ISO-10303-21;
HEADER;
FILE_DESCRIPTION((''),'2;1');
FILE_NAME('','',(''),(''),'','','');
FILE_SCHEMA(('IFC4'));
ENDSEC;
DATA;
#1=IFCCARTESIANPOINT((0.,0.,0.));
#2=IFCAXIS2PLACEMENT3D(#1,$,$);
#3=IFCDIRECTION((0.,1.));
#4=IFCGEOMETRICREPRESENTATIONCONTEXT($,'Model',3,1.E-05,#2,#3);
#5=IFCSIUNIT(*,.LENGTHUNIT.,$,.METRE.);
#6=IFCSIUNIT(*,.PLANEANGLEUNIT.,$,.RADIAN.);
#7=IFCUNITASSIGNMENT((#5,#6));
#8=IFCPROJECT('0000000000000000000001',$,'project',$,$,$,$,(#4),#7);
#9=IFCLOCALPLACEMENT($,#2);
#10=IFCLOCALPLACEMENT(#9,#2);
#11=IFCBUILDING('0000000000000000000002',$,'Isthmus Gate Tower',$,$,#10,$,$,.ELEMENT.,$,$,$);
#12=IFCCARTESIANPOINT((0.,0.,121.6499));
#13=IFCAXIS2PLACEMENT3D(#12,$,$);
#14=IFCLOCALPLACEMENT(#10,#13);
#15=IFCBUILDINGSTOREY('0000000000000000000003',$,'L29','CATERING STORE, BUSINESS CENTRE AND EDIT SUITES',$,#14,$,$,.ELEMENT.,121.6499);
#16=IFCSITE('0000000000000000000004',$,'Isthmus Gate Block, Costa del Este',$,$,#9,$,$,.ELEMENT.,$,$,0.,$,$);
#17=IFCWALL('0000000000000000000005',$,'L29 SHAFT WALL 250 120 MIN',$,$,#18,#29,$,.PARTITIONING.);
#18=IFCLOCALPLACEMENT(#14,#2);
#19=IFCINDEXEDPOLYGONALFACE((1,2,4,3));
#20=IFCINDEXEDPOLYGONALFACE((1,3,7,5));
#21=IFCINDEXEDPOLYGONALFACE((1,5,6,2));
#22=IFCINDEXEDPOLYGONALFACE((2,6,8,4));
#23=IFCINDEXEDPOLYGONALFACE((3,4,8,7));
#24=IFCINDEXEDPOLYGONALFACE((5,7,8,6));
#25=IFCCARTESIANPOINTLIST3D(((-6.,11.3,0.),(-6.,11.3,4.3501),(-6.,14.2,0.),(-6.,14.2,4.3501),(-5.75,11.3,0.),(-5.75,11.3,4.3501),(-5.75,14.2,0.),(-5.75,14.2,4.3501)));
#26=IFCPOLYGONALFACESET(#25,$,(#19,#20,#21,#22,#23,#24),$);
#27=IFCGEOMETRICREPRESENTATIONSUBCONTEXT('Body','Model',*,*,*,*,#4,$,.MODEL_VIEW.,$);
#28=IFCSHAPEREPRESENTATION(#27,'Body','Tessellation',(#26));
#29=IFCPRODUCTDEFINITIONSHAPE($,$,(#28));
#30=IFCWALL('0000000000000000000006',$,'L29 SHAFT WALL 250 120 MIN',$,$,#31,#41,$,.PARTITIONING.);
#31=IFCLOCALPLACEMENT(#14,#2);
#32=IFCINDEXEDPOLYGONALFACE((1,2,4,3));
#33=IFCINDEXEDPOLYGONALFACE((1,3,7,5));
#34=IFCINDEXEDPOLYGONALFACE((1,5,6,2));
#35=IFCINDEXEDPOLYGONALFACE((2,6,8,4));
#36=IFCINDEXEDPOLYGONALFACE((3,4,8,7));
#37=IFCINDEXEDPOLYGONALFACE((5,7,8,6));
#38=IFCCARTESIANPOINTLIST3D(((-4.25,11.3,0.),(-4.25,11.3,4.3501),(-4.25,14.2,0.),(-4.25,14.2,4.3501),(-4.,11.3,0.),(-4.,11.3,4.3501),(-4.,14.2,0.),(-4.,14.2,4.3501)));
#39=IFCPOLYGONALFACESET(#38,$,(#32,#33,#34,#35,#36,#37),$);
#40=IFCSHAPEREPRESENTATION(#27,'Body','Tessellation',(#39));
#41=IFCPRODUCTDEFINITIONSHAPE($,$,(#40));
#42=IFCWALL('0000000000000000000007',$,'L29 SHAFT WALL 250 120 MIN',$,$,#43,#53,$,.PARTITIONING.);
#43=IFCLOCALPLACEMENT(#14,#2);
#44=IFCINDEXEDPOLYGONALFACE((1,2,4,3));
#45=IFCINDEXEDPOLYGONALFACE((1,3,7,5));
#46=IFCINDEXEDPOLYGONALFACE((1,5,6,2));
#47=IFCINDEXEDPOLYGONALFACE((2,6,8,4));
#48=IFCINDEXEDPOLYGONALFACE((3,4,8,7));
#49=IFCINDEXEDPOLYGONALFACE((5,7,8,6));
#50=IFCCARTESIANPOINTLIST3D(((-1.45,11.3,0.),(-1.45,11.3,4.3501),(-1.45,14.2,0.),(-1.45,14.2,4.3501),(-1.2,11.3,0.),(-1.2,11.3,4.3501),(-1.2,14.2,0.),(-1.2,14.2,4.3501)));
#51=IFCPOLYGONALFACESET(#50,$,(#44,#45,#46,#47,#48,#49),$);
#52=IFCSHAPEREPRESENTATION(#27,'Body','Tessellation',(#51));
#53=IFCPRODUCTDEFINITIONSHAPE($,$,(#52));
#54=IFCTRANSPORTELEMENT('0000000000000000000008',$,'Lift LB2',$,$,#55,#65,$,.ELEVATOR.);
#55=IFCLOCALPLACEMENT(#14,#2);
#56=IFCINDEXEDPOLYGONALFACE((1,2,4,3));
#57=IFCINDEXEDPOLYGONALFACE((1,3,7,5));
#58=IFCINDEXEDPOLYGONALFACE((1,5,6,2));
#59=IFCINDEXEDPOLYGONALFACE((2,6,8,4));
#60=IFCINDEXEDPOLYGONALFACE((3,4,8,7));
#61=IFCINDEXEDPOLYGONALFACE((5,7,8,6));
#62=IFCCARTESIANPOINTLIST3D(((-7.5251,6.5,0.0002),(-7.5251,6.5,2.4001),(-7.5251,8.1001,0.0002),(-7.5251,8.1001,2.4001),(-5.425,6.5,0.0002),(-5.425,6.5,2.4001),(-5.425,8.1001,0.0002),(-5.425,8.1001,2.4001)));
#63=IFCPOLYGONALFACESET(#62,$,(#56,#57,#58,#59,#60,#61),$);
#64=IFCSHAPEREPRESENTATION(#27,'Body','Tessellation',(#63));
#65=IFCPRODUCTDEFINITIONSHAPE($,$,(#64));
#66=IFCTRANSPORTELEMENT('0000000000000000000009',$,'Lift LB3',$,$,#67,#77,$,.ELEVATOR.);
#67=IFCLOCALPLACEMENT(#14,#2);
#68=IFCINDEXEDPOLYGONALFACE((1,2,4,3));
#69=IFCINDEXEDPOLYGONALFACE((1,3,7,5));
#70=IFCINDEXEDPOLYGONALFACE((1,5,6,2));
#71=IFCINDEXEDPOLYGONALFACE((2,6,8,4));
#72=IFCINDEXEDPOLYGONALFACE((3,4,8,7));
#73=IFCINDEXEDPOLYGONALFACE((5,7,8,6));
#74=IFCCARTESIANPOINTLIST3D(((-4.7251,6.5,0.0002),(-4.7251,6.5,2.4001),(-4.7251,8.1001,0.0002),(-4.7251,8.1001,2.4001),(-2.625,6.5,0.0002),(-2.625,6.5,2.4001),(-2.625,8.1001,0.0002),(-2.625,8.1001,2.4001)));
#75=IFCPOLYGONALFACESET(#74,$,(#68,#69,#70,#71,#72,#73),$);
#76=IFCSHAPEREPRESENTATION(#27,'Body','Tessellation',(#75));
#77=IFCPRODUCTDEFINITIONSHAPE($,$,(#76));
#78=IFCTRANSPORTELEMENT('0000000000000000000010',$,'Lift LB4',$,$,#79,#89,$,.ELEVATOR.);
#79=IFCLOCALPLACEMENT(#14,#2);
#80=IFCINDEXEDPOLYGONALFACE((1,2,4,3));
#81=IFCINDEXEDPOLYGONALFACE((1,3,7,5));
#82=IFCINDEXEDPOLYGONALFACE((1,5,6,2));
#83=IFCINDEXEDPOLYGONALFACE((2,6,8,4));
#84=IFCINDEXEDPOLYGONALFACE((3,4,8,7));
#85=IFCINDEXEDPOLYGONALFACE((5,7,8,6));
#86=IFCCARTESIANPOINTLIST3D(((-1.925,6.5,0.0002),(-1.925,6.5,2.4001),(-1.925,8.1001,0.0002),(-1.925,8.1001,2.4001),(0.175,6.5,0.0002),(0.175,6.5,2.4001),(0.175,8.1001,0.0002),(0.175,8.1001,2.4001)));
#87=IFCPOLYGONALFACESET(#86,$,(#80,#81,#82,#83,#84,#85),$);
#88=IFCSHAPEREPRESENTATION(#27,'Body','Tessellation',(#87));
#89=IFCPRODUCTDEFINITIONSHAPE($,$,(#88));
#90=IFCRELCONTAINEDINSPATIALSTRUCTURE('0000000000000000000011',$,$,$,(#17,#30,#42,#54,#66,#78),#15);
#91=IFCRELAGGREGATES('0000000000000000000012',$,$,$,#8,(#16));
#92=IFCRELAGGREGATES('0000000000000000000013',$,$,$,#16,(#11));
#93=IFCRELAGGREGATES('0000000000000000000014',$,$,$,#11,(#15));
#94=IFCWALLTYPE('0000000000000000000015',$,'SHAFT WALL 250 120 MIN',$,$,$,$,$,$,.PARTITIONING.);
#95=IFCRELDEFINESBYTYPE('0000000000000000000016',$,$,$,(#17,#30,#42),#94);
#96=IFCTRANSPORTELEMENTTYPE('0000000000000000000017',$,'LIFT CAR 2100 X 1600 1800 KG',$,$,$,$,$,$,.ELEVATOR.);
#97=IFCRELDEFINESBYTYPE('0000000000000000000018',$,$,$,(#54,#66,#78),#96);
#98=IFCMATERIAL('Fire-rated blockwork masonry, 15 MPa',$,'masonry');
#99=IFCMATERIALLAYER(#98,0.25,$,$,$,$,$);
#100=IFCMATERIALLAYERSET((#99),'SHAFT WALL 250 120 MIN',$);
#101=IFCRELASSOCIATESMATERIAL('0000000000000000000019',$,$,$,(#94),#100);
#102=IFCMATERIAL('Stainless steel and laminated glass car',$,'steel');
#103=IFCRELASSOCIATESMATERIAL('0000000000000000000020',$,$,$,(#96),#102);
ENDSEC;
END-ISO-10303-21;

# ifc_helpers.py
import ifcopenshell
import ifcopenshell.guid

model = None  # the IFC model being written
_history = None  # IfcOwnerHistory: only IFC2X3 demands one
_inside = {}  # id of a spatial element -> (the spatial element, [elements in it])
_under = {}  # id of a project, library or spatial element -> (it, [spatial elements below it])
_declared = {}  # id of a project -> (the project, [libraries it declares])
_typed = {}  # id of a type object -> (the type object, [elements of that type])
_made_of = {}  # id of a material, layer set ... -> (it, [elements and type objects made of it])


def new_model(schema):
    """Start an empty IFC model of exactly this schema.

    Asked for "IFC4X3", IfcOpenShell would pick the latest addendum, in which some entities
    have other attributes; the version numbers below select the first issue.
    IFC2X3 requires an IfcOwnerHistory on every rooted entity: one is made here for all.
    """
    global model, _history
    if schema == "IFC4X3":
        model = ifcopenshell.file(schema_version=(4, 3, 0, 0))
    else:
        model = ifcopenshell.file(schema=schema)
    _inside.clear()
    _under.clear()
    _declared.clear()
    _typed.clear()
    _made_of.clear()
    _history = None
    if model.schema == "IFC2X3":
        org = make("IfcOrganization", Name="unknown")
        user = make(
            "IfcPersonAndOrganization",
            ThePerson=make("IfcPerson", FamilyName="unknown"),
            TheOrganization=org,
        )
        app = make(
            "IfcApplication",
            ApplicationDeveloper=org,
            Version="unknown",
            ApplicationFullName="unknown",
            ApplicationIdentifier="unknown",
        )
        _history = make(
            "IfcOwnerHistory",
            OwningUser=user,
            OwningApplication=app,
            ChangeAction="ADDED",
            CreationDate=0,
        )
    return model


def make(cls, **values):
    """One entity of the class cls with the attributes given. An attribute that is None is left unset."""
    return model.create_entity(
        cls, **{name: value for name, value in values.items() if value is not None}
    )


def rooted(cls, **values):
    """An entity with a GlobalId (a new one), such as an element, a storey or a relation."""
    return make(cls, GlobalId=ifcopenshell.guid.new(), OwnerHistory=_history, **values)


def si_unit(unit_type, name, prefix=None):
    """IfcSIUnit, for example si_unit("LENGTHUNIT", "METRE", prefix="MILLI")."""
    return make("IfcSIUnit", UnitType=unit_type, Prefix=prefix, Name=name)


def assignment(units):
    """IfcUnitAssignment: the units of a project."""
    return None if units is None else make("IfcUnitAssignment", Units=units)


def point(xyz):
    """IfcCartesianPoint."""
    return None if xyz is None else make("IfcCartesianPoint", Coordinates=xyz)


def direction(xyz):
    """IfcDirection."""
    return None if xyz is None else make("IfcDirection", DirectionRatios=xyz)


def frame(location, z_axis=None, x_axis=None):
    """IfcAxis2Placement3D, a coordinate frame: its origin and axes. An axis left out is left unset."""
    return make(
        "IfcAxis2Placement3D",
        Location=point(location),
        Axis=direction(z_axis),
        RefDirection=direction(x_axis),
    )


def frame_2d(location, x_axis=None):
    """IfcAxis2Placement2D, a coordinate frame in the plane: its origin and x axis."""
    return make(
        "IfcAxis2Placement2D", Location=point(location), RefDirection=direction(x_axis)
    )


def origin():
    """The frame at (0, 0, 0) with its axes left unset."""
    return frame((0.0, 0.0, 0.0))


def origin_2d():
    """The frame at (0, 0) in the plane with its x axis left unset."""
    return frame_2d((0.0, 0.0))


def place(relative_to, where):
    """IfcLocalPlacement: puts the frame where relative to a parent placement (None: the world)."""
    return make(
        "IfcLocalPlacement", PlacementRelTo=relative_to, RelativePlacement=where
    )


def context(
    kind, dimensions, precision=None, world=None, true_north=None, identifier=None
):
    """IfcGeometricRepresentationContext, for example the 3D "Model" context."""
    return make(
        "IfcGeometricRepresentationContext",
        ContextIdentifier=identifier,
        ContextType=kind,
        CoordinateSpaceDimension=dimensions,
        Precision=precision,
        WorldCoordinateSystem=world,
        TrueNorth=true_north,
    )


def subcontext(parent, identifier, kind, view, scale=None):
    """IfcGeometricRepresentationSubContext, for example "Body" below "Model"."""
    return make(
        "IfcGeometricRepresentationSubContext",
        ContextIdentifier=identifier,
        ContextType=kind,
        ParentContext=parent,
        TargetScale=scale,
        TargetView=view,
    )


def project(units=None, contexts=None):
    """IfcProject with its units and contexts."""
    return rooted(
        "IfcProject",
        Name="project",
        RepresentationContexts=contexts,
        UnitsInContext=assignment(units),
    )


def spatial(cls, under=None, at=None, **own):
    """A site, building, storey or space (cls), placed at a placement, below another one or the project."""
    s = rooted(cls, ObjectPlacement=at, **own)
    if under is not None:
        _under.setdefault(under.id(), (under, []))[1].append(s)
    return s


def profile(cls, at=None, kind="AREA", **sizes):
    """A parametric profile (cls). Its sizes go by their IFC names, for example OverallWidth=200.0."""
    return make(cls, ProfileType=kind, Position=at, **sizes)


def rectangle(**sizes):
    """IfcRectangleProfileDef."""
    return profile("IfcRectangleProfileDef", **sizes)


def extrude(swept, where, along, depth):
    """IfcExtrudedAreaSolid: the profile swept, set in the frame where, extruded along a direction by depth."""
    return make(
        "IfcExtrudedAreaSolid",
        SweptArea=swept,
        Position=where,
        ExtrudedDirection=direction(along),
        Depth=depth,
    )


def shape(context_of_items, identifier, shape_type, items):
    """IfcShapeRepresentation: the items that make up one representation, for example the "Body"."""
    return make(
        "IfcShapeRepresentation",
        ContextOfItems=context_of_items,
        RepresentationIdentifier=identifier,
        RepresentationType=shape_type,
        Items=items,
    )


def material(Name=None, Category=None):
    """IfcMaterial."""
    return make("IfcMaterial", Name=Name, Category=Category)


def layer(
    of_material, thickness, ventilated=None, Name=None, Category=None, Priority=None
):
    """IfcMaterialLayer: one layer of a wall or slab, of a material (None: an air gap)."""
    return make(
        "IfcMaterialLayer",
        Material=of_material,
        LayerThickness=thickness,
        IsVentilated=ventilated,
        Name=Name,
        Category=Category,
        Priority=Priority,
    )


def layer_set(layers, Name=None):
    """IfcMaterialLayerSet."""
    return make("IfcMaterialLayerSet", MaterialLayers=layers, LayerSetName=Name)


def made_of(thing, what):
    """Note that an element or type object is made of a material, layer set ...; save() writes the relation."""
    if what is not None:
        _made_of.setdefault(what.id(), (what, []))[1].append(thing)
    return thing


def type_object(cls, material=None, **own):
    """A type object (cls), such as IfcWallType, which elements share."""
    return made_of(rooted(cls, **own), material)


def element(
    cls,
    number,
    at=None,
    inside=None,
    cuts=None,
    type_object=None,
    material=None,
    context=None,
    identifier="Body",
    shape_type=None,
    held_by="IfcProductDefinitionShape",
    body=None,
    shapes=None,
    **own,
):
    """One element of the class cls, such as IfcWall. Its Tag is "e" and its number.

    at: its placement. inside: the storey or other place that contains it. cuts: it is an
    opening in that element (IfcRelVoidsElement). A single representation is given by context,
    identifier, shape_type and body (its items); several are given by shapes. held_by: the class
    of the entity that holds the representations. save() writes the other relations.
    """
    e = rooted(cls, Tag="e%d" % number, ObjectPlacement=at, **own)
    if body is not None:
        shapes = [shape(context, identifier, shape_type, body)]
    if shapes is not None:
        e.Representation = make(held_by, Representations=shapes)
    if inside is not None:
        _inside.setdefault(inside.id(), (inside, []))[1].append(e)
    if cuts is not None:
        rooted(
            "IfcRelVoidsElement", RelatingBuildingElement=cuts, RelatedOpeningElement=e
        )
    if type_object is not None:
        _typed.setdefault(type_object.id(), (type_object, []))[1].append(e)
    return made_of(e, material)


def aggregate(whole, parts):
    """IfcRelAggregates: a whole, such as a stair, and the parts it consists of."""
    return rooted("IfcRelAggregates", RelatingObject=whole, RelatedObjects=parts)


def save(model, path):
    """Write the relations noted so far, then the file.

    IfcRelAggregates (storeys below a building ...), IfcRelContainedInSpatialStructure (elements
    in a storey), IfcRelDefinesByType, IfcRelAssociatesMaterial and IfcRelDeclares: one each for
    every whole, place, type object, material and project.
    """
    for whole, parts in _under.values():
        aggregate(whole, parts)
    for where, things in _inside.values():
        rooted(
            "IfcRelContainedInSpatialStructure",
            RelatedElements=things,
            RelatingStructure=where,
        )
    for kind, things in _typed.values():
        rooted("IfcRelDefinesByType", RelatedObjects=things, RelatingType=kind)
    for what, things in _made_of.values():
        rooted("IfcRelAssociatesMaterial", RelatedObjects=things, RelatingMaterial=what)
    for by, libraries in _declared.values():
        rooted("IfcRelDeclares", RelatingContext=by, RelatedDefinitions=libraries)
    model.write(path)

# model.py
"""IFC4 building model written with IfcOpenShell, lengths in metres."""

from ifc_helpers import new_model, si_unit, direction, frame, frame_2d, origin, origin_2d, place, context, subcontext, project, spatial, rectangle, extrude, material, layer, layer_set, type_object, element, save


model = new_model("IFC4")

# Units and contexts
model_context = context("Model", 3, precision=1e-05, world=origin(), true_north=direction((0.0, 1.0)))
body_context = subcontext(model_context, "Body", "Model", "MODEL_VIEW")
ifc_project = project(units=[si_unit("LENGTHUNIT", "METRE"), si_unit("PLANEANGLEUNIT", "RADIAN")], contexts=[model_context])

# Site, building, storey
site_placement = place(None, origin())
site = spatial("IfcSite", under=ifc_project, at=site_placement, Name="Isthmus Gate Block, Costa del Este", CompositionType="ELEMENT", RefElevation=0.0)
building_placement = place(site_placement, origin())
building = spatial("IfcBuilding", under=site, at=building_placement, Name="Isthmus Gate Tower", CompositionType="ELEMENT")
storey_placement = place(building_placement, frame((0.0, 0.0, 121.6499)))
storey = spatial("IfcBuildingStorey", under=building, at=storey_placement, Name="L29", Description="CATERING STORE, BUSINESS CENTRE AND EDIT SUITES", CompositionType="ELEMENT", Elevation=121.6499)

# Walls
ifc_material_1 = material(Name="Fire-rated blockwork masonry, 15 MPa", Category="masonry")
ifc_layer_1 = layer(ifc_material_1, 0.25)
ifc_layer_set_1 = layer_set([ifc_layer_1], Name="SHAFT WALL 250 120 MIN")
wall_type_1 = type_object("IfcWallType", Name="SHAFT WALL 250 120 MIN", PredefinedType="PARTITIONING", material=ifc_layer_set_1)
for number, where, z_axis, x_axis, name in (
    (1, (-5.875, 11.3, 0.0), (0.0, 0.0, 1.0), (0.0, 1.0, 0.0), "L29 SHAFT WALL 250 120 MIN"),
    (2, (-4.125, 11.3, 0.0), (0.0, 0.0, 1.0), (0.0, 1.0, 0.0), "L29 SHAFT WALL 250 120 MIN"),
    (3, (-1.325, 11.3, 0.0), (0.0, 0.0, 1.0), (0.0, 1.0, 0.0), "L29 SHAFT WALL 250 120 MIN"),
):
    element("IfcWall", number, at=place(storey_placement, frame(where, z_axis=z_axis, x_axis=x_axis)), inside=storey, type_object=wall_type_1, Name=name, PredefinedType="PARTITIONING", context=body_context, shape_type="SweptSolid", body=[
        extrude(rectangle(XDim=2.8999, YDim=0.25, at=frame_2d((1.45, 0.0))), origin(), (0.0, 0.0, 1.0), 4.3501),
    ])

# Transport elements
ifc_material_2 = material(Name="Stainless steel and laminated glass car", Category="steel")
transport_element_type = type_object("IfcTransportElementType", Name="LIFT CAR 2100 X 1600 1800 KG", PredefinedType="ELEVATOR", material=ifc_material_2)
for number, where, z_axis, x_axis, name in (
    (4, (-6.4751, 7.3, 0.0002), (0.0, 0.0, 1.0), (1.0, 0.0, 0.0), "Lift LB2"),
    (5, (-3.675, 7.3, 0.0002), (0.0, 0.0, 1.0), (1.0, 0.0, 0.0), "Lift LB3"),
    (6, (-0.875, 7.3, 0.0002), (0.0, 0.0, 1.0), (1.0, 0.0, 0.0), "Lift LB4"),
):
    element("IfcTransportElement", number, at=place(storey_placement, frame(where, z_axis=z_axis, x_axis=x_axis)), inside=storey, type_object=transport_element_type, Name=name, PredefinedType="ELEVATOR", context=body_context, shape_type="SweptSolid", body=[
        extrude(rectangle(XDim=2.1001, YDim=1.6001, at=origin_2d()), origin(), (0.0, 0.0, 1.0), 2.3999),
    ])

save(model, "model.ifc")
